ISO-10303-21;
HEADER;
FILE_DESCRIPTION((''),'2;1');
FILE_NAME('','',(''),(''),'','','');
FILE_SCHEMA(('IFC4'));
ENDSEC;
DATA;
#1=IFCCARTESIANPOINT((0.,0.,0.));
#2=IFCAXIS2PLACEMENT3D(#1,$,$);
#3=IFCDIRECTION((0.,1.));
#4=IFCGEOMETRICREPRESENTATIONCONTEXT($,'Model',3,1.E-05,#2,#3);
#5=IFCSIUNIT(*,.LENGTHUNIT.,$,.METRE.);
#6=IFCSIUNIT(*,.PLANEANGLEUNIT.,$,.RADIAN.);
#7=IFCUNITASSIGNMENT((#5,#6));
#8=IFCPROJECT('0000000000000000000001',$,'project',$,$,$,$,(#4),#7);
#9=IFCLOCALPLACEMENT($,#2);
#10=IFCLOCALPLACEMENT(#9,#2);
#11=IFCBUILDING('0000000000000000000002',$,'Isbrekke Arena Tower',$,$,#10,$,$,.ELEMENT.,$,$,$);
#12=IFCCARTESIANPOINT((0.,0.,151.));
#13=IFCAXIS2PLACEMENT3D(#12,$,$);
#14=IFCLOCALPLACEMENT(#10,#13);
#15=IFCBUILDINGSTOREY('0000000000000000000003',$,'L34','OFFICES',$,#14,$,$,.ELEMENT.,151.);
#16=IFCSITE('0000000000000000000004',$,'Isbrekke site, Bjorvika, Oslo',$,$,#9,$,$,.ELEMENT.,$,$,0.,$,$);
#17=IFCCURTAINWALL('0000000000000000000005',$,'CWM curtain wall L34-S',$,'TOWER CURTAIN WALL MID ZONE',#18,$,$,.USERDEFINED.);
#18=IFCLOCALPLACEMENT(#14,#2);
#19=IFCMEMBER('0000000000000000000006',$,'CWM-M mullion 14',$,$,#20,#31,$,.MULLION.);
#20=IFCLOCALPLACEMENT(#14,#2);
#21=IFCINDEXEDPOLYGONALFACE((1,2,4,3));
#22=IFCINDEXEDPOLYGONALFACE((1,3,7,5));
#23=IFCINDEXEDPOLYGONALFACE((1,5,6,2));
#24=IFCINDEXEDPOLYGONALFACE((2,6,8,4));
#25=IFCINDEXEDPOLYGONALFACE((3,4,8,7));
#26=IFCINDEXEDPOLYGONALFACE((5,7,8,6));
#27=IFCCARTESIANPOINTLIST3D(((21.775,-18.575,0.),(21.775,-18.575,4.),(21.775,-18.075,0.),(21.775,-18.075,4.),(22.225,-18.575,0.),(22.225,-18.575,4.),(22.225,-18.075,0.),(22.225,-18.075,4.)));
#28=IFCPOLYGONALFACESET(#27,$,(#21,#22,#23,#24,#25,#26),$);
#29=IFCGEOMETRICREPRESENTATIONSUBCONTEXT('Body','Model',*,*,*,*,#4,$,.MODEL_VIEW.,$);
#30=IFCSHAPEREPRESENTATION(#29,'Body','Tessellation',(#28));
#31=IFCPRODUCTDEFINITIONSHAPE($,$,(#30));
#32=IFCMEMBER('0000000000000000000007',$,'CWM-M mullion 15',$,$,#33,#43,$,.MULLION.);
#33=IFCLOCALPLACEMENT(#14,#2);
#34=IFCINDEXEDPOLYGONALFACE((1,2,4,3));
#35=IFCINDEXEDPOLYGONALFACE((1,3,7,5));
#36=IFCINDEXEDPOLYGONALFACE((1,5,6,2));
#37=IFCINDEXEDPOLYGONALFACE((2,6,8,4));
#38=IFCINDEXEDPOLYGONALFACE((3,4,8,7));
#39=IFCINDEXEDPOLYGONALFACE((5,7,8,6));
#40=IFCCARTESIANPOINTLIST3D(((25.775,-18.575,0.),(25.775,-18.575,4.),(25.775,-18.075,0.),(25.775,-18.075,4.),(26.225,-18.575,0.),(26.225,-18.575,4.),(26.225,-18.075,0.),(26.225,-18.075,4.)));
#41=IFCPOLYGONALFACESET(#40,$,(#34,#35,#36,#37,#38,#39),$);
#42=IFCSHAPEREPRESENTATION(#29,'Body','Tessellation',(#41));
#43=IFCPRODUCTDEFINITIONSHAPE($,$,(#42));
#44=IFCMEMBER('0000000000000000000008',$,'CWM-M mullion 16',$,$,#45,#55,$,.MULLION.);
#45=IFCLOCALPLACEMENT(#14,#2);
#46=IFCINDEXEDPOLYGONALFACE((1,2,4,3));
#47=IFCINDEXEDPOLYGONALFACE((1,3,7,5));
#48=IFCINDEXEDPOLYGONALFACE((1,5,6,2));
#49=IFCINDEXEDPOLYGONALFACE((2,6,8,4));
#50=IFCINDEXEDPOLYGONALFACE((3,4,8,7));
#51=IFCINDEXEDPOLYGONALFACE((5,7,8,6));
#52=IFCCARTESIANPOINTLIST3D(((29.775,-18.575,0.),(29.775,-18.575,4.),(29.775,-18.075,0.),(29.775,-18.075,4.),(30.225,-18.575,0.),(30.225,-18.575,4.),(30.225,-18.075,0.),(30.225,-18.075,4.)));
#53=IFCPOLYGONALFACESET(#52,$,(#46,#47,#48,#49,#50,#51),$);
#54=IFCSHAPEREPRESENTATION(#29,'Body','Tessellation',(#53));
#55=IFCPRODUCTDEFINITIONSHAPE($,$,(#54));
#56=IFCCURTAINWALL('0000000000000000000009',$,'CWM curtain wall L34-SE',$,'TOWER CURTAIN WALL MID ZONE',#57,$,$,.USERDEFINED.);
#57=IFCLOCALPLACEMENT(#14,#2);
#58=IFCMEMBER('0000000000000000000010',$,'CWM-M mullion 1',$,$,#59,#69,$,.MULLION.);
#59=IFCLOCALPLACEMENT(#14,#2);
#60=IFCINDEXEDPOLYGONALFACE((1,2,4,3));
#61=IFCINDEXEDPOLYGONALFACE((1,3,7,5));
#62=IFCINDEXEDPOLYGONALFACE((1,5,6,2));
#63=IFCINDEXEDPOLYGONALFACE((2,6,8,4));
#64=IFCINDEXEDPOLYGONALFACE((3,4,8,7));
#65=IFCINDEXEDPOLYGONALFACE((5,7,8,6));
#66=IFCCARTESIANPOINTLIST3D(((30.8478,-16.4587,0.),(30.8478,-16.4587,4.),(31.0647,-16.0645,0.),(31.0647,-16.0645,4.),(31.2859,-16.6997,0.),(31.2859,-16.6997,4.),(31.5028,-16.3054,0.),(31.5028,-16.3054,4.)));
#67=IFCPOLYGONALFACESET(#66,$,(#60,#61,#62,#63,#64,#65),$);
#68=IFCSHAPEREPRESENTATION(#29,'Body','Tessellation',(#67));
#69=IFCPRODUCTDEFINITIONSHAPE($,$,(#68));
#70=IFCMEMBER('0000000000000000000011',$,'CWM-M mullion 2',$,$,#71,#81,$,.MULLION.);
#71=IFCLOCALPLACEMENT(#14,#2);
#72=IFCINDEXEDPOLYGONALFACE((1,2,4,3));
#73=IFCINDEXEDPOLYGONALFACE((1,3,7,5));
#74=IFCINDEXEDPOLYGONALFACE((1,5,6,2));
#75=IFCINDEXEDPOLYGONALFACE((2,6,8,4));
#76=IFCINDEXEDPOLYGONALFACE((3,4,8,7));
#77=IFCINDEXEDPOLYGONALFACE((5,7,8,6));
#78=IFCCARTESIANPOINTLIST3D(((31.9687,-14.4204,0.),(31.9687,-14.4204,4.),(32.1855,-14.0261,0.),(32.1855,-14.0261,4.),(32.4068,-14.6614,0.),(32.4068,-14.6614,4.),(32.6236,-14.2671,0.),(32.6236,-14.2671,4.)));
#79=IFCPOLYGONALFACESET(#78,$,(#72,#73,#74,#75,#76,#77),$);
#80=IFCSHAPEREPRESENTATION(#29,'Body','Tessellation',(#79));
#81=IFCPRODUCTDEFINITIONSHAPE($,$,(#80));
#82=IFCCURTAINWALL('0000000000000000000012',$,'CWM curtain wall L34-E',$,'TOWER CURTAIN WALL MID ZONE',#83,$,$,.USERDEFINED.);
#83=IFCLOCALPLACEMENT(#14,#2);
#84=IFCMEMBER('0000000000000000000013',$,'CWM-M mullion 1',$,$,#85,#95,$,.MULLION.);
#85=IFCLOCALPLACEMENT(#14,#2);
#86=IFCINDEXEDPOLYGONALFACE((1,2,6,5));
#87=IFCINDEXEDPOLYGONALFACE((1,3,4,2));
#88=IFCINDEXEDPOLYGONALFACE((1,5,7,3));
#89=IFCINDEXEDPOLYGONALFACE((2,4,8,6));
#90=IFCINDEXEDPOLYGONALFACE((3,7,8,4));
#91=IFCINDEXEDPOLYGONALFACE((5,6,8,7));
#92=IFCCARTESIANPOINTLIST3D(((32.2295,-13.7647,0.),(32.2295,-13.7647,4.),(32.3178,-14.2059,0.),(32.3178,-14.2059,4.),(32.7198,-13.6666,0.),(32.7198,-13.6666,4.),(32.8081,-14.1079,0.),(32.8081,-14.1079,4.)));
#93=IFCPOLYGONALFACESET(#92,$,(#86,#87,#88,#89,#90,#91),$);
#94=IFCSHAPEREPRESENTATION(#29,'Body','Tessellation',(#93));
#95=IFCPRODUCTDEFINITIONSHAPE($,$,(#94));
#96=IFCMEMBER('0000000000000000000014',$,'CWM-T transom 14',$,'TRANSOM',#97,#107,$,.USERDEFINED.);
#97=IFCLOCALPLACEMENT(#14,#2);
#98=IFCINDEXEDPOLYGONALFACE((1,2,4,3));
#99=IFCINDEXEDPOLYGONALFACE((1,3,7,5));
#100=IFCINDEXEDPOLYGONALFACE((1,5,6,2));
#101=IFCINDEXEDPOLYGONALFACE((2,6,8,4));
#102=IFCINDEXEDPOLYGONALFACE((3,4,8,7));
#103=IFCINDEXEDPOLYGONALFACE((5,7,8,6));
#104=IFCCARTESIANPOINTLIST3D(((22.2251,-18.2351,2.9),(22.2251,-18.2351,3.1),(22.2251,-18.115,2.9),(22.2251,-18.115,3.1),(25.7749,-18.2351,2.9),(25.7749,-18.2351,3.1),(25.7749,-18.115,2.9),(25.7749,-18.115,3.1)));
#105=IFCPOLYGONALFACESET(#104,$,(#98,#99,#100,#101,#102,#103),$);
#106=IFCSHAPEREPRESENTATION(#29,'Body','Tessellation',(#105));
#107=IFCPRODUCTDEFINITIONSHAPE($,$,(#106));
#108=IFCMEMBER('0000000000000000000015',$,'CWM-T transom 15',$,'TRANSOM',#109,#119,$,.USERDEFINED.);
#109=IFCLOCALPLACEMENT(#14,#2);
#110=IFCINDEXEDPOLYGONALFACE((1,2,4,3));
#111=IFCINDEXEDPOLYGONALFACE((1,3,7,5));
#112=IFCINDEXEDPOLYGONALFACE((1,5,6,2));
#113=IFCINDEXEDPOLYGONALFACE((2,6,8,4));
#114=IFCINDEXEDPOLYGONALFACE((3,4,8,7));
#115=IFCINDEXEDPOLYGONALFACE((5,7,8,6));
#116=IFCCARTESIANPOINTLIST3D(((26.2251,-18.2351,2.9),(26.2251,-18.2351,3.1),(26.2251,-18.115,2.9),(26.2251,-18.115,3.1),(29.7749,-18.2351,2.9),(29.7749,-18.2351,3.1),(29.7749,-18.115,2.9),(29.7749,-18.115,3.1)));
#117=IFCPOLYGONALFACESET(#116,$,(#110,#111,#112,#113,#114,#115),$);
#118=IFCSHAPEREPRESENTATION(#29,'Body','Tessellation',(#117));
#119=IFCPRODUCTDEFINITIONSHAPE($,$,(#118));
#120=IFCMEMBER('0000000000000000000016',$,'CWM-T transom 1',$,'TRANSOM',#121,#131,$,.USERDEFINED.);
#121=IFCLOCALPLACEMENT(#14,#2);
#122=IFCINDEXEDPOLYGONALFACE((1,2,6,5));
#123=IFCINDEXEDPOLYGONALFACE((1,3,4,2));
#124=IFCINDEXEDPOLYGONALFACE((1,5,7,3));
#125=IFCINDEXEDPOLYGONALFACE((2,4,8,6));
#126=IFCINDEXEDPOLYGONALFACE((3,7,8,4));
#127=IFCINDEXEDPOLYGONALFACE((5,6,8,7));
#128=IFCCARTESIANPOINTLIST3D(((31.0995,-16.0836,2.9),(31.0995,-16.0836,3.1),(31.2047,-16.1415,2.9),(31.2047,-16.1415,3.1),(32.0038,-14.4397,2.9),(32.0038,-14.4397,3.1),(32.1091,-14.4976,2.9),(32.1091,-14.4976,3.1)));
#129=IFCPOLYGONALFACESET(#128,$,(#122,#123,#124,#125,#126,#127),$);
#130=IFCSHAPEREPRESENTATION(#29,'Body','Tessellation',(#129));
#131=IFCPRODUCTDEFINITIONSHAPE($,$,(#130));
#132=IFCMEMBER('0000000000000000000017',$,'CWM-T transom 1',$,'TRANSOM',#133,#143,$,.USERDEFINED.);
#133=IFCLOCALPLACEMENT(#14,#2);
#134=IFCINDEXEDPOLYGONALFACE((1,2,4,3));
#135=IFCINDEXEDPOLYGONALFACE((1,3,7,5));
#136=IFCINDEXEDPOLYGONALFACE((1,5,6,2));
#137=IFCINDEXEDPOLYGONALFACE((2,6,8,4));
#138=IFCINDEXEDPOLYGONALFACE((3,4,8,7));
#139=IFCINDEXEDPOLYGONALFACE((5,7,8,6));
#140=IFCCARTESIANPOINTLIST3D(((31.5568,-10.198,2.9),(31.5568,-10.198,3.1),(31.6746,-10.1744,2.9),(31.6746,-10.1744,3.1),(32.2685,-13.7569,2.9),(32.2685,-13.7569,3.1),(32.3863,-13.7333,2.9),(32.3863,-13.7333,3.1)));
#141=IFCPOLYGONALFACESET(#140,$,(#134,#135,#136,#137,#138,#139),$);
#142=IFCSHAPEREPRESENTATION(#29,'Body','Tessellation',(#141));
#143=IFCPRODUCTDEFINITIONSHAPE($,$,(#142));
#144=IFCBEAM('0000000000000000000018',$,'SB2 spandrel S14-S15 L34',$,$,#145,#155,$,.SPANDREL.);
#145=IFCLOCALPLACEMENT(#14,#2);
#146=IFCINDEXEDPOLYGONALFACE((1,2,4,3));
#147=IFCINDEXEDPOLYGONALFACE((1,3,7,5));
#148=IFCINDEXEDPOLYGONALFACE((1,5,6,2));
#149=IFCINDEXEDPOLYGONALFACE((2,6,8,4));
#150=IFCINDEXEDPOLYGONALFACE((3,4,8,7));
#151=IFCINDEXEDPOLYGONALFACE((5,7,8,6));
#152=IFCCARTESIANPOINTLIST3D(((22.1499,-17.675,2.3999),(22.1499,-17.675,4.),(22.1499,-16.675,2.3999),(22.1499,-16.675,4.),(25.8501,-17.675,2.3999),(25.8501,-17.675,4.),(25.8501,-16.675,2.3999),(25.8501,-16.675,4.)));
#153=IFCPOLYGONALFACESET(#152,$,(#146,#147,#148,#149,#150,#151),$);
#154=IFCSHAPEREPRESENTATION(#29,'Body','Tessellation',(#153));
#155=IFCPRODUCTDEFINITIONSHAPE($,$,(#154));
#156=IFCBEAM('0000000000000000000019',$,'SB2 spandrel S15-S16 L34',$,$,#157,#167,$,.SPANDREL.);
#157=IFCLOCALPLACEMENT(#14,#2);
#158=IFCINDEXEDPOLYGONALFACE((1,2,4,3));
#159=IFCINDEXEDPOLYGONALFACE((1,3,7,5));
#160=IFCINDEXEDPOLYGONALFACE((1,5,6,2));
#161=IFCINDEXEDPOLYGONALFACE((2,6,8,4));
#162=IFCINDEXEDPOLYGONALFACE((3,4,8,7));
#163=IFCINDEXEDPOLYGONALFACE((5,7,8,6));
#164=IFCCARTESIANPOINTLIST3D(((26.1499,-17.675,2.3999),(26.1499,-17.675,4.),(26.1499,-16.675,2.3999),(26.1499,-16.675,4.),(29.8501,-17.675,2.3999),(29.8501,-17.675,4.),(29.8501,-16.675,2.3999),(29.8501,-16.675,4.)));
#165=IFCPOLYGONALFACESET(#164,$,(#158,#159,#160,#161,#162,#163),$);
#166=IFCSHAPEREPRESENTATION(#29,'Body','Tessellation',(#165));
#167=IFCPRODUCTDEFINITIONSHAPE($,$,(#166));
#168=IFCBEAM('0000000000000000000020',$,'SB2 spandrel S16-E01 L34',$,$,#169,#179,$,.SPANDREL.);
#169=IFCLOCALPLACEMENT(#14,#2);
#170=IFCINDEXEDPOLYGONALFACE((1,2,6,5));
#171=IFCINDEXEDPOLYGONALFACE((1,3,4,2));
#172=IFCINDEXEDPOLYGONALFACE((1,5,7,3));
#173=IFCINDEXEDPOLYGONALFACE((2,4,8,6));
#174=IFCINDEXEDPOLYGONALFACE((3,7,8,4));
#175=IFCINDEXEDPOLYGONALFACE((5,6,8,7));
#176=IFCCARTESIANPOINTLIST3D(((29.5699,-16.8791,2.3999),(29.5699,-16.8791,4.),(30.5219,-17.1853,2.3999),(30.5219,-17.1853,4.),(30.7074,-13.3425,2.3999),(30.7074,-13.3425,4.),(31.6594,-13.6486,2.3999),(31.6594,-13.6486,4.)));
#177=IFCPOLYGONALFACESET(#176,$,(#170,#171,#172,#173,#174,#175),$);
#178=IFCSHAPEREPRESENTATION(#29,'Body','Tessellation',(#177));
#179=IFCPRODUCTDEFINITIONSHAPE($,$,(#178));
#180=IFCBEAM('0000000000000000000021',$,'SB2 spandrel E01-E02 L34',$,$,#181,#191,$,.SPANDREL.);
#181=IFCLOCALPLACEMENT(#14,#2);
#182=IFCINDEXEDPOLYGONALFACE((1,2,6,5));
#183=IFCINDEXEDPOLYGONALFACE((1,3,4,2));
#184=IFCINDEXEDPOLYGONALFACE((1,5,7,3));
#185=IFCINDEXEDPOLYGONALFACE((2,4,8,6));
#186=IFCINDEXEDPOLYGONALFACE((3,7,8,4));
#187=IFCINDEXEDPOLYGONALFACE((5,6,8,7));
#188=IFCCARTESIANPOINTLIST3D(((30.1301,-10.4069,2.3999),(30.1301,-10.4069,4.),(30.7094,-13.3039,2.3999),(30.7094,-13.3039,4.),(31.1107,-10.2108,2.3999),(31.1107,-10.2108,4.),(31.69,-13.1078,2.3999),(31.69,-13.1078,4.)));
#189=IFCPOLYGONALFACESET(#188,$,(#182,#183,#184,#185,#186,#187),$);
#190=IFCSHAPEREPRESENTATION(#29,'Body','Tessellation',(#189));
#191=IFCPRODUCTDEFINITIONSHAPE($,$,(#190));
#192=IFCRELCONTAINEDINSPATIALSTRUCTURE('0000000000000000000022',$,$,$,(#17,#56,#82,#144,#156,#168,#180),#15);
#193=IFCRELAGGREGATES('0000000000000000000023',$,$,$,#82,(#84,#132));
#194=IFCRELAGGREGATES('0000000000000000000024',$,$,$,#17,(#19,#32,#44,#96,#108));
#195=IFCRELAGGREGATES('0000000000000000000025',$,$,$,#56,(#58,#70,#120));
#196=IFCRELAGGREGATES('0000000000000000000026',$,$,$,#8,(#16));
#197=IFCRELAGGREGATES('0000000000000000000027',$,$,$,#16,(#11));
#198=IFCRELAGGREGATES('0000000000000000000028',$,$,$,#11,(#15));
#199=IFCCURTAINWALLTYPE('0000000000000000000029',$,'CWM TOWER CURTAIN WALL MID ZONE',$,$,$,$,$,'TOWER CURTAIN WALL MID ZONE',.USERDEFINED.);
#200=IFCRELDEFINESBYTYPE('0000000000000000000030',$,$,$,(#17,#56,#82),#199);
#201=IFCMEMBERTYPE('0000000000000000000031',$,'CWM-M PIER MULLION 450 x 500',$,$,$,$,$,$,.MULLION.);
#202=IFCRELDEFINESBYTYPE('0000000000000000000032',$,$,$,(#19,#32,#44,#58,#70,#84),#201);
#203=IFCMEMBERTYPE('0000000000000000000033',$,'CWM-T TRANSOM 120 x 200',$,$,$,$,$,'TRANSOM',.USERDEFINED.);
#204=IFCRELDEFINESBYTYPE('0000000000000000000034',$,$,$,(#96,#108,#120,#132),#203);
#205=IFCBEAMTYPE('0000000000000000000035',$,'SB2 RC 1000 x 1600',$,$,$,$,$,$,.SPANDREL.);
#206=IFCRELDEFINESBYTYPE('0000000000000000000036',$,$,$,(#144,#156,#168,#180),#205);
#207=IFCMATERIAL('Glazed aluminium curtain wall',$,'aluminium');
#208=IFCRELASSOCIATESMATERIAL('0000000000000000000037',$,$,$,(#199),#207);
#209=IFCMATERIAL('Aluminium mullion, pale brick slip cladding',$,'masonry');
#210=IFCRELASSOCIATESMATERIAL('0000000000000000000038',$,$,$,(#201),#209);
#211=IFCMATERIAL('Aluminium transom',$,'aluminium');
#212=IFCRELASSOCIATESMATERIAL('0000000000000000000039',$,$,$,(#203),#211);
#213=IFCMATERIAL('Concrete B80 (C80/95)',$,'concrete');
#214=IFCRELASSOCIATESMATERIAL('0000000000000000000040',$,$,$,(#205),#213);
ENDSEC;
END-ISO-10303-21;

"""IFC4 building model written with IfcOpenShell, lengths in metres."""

from ifc_helpers import new_model, si_unit, direction, frame, origin, origin_2d, place, context, subcontext, project, spatial, rectangle, extrude, material, material_profile, profile_set, type_object, element, aggregate, save


model = new_model("IFC4")

# Units and contexts
model_context = context("Model", 3, precision=1e-05, world=origin(), true_north=direction((0.0, 1.0)))
body_context = subcontext(model_context, "Body", "Model", "MODEL_VIEW")
ifc_project = project(units=[si_unit("LENGTHUNIT", "METRE"), si_unit("PLANEANGLEUNIT", "RADIAN")], contexts=[model_context])

# Site, building, storey
site_placement = place(None, origin())
site = spatial("IfcSite", under=ifc_project, at=site_placement, Name="Isbrekke site, Bjorvika, Oslo", CompositionType="ELEMENT", RefElevation=0.0)
building_placement = place(site_placement, origin())
building = spatial("IfcBuilding", under=site, at=building_placement, Name="Isbrekke Arena Tower", CompositionType="ELEMENT")
storey_placement = place(building_placement, frame((0.0, 0.0, 151.0)))
storey = spatial("IfcBuildingStorey", under=building, at=storey_placement, Name="L34", Description="OFFICES", CompositionType="ELEMENT", Elevation=151.0)

# Curtain walls, members
ifc_material_1 = material(Name="Glazed aluminium curtain wall", Category="aluminium")
curtain_wall_type = type_object("IfcCurtainWallType", Name="CWM TOWER CURTAIN WALL MID ZONE", ElementType="TOWER CURTAIN WALL MID ZONE", PredefinedType="USERDEFINED", material=ifc_material_1)
curtain_wall_1_placement = place(storey_placement, origin())
curtain_wall_1 = element("IfcCurtainWall", 1, at=curtain_wall_1_placement, inside=storey, type_object=curtain_wall_type, Name="CWM curtain wall L34-S", ObjectType="TOWER CURTAIN WALL MID ZONE", PredefinedType="USERDEFINED")
ifc_material_2 = material(Name="Aluminium mullion, pale brick slip cladding", Category="masonry")
ifc_material_profile_1 = material_profile(ifc_material_2, rectangle(XDim=0.45, YDim=0.5, at=origin_2d()), Name="PIER 450X500")
ifc_profile_set_1 = profile_set([ifc_material_profile_1], Name="Aluminium mullion, pale brick slip cladding")
member_type_1 = type_object("IfcMemberType", Name="CWM-M PIER MULLION 450 x 500", PredefinedType="MULLION", material=ifc_profile_set_1)
member_1_placement = place(storey_placement, frame((22.0, -18.325, 0.0), z_axis=(0.0, 0.0, 1.0), x_axis=(1.0, 0.0, 0.0)))
member_1 = element("IfcMember", 2, at=member_1_placement, type_object=member_type_1, Name="CWM-M mullion 14", PredefinedType="MULLION", context=body_context, shape_type="SweptSolid", body=[
    extrude(rectangle(XDim=0.45, YDim=0.5, at=origin_2d()), origin(), (0.0, 0.0, 1.0), 4.0),
])
member_2_placement = place(storey_placement, frame((26.0, -18.325, 0.0), z_axis=(0.0, 0.0, 1.0), x_axis=(1.0, 0.0, 0.0)))
member_2 = element("IfcMember", 3, at=member_2_placement, type_object=member_type_1, Name="CWM-M mullion 15", PredefinedType="MULLION", context=body_context, shape_type="SweptSolid", body=[
    extrude(rectangle(XDim=0.45, YDim=0.5, at=origin_2d()), origin(), (0.0, 0.0, 1.0), 4.0),
])
member_3_placement = place(storey_placement, frame((30.0, -18.325, 0.0), z_axis=(0.0, 0.0, 1.0), x_axis=(1.0, 0.0, 0.0)))
member_3 = element("IfcMember", 4, at=member_3_placement, type_object=member_type_1, Name="CWM-M mullion 16", PredefinedType="MULLION", context=body_context, shape_type="SweptSolid", body=[
    extrude(rectangle(XDim=0.45, YDim=0.5, at=origin_2d()), origin(), (0.0, 0.0, 1.0), 4.0),
])
curtain_wall_2_placement = place(storey_placement, origin())
curtain_wall_2 = element("IfcCurtainWall", 5, at=curtain_wall_2_placement, inside=storey, type_object=curtain_wall_type, Name="CWM curtain wall L34-SE", ObjectType="TOWER CURTAIN WALL MID ZONE", PredefinedType="USERDEFINED")
member_4_placement = place(storey_placement, frame((31.1753, -16.3821, 0.0), z_axis=(0.0, 0.0, 1.0), x_axis=(0.481919, 0.876216, 0.0)))
member_4 = element("IfcMember", 6, at=member_4_placement, type_object=member_type_1, Name="CWM-M mullion 1", PredefinedType="MULLION", context=body_context, shape_type="SweptSolid", body=[
    extrude(rectangle(XDim=0.45, YDim=0.5, at=origin_2d()), origin(), (0.0, 0.0, 1.0), 4.0),
])
member_5_placement = place(storey_placement, frame((32.2961, -14.3438, 0.0), z_axis=(0.0, 0.0, 1.0), x_axis=(0.481919, 0.876216, 0.0)))
member_5 = element("IfcMember", 7, at=member_5_placement, type_object=member_type_1, Name="CWM-M mullion 2", PredefinedType="MULLION", context=body_context, shape_type="SweptSolid", body=[
    extrude(rectangle(XDim=0.45, YDim=0.5, at=origin_2d()), origin(), (0.0, 0.0, 1.0), 4.0),
])

# Curtain wall, member
curtain_wall_3_placement = place(storey_placement, origin())
curtain_wall_3 = element("IfcCurtainWall", 8, at=curtain_wall_3_placement, inside=storey, type_object=curtain_wall_type, Name="CWM curtain wall L34-E", ObjectType="TOWER CURTAIN WALL MID ZONE", PredefinedType="USERDEFINED")
member_6_placement = place(storey_placement, frame((32.5188, -13.9363, 0.0), z_axis=(0.0, 0.0, 1.0), x_axis=(-0.196116, 0.980581, 0.0)))
member_6 = element("IfcMember", 9, at=member_6_placement, type_object=member_type_1, Name="CWM-M mullion 1", PredefinedType="MULLION", context=body_context, shape_type="SweptSolid", body=[
    extrude(rectangle(XDim=0.45, YDim=0.5, at=origin_2d()), origin(), (0.0, 0.0, 1.0), 4.0),
])

# Members
ifc_material_3 = material(Name="Aluminium transom", Category="aluminium")
ifc_material_profile_2 = material_profile(ifc_material_3, rectangle(XDim=0.1201, YDim=0.2, at=origin_2d()), Name="TRANSOM 120X200")
ifc_profile_set_2 = profile_set([ifc_material_profile_2], Name="Aluminium transom")
member_type_2 = type_object("IfcMemberType", Name="CWM-T TRANSOM 120 x 200", ElementType="TRANSOM", PredefinedType="USERDEFINED", material=ifc_profile_set_2)
member_7_placement = place(storey_placement, frame((22.2251, -18.175, 3.0), z_axis=(1.0, 0.0, 0.0), x_axis=(0.0, 1.0, 0.0)))
member_7 = element("IfcMember", 10, at=member_7_placement, type_object=member_type_2, Name="CWM-T transom 14", ObjectType="TRANSOM", PredefinedType="USERDEFINED", context=body_context, shape_type="SweptSolid", body=[
    extrude(rectangle(XDim=0.1201, YDim=0.2, at=origin_2d()), origin(), (0.0, 0.0, 1.0), 3.5498),
])
member_8_placement = place(storey_placement, frame((26.2251, -18.175, 3.0), z_axis=(1.0, 0.0, 0.0), x_axis=(0.0, 1.0, 0.0)))
member_8 = element("IfcMember", 11, at=member_8_placement, type_object=member_type_2, Name="CWM-T transom 15", ObjectType="TRANSOM", PredefinedType="USERDEFINED", context=body_context, shape_type="SweptSolid", body=[
    extrude(rectangle(XDim=0.1201, YDim=0.2, at=origin_2d()), origin(), (0.0, 0.0, 1.0), 3.5498),
])
member_9_placement = place(storey_placement, frame((31.1521, -16.1125, 3.0), z_axis=(0.482004, 0.876169, 0.0), x_axis=(-0.876169, 0.482004, 0.0)))
member_9 = element("IfcMember", 12, at=member_9_placement, type_object=member_type_2, Name="CWM-T transom 1", ObjectType="TRANSOM", PredefinedType="USERDEFINED", context=body_context, shape_type="SweptSolid", body=[
    extrude(rectangle(XDim=0.1201, YDim=0.2, at=origin_2d()), origin(), (0.0, 0.0, 1.0), 1.8762),
])
member_10_placement = place(storey_placement, frame((32.3274, -13.7451, 3.0), z_axis=(-0.19609, 0.980586, 0.0), x_axis=(-0.980586, -0.19609, 0.0)))
member_10 = element("IfcMember", 13, at=member_10_placement, type_object=member_type_2, Name="CWM-T transom 1", ObjectType="TRANSOM", PredefinedType="USERDEFINED", context=body_context, shape_type="SweptSolid", body=[
    extrude(rectangle(XDim=0.1201, YDim=0.2, at=origin_2d()), origin(), (0.0, 0.0, 1.0), 3.6294),
])
aggregate(curtain_wall_3, [member_6, member_10])

# Beams
ifc_material_4 = material(Name="Concrete B80 (C80/95)", Category="concrete")
ifc_material_profile_3 = material_profile(ifc_material_4, rectangle(XDim=1.0, YDim=1.6001, at=origin_2d()), Name="RC 1000x1600")
ifc_profile_set_3 = profile_set([ifc_material_profile_3], Name="Concrete B80 (C80/95)")
beam_type_1 = type_object("IfcBeamType", Name="SB2 RC 1000 x 1600", PredefinedType="SPANDREL", material=ifc_profile_set_3)
for number, where, z_axis, x_axis, name in (
    (14, (22.1499, -17.175, 3.2), (1.0, 0.0, 0.0), (0.0, 1.0, 0.0), "SB2 spandrel S14-S15 L34"),
    (15, (26.1499, -17.175, 3.2), (1.0, 0.0, 0.0), (0.0, 1.0, 0.0), "SB2 spandrel S15-S16 L34"),
):
    element("IfcBeam", number, at=place(storey_placement, frame(where, z_axis=z_axis, x_axis=x_axis)), inside=storey, type_object=beam_type_1, Name=name, PredefinedType="SPANDREL", context=body_context, shape_type="SweptSolid", body=[
        extrude(rectangle(XDim=1.0, YDim=1.6001, at=origin_2d()), origin(), (0.0, 0.0, 1.0), 3.7002),
    ])
beam_1_placement = place(storey_placement, frame((30.0459, -17.0322, 3.2), z_axis=(0.306175, 0.951975, 0.0), x_axis=(-0.951975, 0.306175, 0.0)))
element("IfcBeam", 16, at=beam_1_placement, inside=storey, type_object=beam_type_1, Name="SB2 spandrel S16-E01 L34", PredefinedType="SPANDREL", context=body_context, shape_type="SweptSolid", body=[
    extrude(rectangle(XDim=1.0, YDim=1.6001, at=origin_2d()), origin(), (0.0, 0.0, 1.0), 3.7151),
])
beam_2_placement = place(storey_placement, frame((31.1997, -13.2058, 3.2), z_axis=(-0.1961, 0.980584, 0.0), x_axis=(-0.980584, -0.1961, 0.0)))
element("IfcBeam", 17, at=beam_2_placement, inside=storey, type_object=beam_type_1, Name="SB2 spandrel E01-E02 L34", PredefinedType="SPANDREL", context=body_context, shape_type="SweptSolid", body=[
    extrude(rectangle(XDim=1.0, YDim=1.6001, at=origin_2d()), origin(), (0.0, 0.0, 1.0), 2.9543),
])

aggregate(curtain_wall_1, [member_1, member_2, member_3, member_7, member_8])
aggregate(curtain_wall_2, [member_4, member_5, member_9])

save(model, "model.ifc")
